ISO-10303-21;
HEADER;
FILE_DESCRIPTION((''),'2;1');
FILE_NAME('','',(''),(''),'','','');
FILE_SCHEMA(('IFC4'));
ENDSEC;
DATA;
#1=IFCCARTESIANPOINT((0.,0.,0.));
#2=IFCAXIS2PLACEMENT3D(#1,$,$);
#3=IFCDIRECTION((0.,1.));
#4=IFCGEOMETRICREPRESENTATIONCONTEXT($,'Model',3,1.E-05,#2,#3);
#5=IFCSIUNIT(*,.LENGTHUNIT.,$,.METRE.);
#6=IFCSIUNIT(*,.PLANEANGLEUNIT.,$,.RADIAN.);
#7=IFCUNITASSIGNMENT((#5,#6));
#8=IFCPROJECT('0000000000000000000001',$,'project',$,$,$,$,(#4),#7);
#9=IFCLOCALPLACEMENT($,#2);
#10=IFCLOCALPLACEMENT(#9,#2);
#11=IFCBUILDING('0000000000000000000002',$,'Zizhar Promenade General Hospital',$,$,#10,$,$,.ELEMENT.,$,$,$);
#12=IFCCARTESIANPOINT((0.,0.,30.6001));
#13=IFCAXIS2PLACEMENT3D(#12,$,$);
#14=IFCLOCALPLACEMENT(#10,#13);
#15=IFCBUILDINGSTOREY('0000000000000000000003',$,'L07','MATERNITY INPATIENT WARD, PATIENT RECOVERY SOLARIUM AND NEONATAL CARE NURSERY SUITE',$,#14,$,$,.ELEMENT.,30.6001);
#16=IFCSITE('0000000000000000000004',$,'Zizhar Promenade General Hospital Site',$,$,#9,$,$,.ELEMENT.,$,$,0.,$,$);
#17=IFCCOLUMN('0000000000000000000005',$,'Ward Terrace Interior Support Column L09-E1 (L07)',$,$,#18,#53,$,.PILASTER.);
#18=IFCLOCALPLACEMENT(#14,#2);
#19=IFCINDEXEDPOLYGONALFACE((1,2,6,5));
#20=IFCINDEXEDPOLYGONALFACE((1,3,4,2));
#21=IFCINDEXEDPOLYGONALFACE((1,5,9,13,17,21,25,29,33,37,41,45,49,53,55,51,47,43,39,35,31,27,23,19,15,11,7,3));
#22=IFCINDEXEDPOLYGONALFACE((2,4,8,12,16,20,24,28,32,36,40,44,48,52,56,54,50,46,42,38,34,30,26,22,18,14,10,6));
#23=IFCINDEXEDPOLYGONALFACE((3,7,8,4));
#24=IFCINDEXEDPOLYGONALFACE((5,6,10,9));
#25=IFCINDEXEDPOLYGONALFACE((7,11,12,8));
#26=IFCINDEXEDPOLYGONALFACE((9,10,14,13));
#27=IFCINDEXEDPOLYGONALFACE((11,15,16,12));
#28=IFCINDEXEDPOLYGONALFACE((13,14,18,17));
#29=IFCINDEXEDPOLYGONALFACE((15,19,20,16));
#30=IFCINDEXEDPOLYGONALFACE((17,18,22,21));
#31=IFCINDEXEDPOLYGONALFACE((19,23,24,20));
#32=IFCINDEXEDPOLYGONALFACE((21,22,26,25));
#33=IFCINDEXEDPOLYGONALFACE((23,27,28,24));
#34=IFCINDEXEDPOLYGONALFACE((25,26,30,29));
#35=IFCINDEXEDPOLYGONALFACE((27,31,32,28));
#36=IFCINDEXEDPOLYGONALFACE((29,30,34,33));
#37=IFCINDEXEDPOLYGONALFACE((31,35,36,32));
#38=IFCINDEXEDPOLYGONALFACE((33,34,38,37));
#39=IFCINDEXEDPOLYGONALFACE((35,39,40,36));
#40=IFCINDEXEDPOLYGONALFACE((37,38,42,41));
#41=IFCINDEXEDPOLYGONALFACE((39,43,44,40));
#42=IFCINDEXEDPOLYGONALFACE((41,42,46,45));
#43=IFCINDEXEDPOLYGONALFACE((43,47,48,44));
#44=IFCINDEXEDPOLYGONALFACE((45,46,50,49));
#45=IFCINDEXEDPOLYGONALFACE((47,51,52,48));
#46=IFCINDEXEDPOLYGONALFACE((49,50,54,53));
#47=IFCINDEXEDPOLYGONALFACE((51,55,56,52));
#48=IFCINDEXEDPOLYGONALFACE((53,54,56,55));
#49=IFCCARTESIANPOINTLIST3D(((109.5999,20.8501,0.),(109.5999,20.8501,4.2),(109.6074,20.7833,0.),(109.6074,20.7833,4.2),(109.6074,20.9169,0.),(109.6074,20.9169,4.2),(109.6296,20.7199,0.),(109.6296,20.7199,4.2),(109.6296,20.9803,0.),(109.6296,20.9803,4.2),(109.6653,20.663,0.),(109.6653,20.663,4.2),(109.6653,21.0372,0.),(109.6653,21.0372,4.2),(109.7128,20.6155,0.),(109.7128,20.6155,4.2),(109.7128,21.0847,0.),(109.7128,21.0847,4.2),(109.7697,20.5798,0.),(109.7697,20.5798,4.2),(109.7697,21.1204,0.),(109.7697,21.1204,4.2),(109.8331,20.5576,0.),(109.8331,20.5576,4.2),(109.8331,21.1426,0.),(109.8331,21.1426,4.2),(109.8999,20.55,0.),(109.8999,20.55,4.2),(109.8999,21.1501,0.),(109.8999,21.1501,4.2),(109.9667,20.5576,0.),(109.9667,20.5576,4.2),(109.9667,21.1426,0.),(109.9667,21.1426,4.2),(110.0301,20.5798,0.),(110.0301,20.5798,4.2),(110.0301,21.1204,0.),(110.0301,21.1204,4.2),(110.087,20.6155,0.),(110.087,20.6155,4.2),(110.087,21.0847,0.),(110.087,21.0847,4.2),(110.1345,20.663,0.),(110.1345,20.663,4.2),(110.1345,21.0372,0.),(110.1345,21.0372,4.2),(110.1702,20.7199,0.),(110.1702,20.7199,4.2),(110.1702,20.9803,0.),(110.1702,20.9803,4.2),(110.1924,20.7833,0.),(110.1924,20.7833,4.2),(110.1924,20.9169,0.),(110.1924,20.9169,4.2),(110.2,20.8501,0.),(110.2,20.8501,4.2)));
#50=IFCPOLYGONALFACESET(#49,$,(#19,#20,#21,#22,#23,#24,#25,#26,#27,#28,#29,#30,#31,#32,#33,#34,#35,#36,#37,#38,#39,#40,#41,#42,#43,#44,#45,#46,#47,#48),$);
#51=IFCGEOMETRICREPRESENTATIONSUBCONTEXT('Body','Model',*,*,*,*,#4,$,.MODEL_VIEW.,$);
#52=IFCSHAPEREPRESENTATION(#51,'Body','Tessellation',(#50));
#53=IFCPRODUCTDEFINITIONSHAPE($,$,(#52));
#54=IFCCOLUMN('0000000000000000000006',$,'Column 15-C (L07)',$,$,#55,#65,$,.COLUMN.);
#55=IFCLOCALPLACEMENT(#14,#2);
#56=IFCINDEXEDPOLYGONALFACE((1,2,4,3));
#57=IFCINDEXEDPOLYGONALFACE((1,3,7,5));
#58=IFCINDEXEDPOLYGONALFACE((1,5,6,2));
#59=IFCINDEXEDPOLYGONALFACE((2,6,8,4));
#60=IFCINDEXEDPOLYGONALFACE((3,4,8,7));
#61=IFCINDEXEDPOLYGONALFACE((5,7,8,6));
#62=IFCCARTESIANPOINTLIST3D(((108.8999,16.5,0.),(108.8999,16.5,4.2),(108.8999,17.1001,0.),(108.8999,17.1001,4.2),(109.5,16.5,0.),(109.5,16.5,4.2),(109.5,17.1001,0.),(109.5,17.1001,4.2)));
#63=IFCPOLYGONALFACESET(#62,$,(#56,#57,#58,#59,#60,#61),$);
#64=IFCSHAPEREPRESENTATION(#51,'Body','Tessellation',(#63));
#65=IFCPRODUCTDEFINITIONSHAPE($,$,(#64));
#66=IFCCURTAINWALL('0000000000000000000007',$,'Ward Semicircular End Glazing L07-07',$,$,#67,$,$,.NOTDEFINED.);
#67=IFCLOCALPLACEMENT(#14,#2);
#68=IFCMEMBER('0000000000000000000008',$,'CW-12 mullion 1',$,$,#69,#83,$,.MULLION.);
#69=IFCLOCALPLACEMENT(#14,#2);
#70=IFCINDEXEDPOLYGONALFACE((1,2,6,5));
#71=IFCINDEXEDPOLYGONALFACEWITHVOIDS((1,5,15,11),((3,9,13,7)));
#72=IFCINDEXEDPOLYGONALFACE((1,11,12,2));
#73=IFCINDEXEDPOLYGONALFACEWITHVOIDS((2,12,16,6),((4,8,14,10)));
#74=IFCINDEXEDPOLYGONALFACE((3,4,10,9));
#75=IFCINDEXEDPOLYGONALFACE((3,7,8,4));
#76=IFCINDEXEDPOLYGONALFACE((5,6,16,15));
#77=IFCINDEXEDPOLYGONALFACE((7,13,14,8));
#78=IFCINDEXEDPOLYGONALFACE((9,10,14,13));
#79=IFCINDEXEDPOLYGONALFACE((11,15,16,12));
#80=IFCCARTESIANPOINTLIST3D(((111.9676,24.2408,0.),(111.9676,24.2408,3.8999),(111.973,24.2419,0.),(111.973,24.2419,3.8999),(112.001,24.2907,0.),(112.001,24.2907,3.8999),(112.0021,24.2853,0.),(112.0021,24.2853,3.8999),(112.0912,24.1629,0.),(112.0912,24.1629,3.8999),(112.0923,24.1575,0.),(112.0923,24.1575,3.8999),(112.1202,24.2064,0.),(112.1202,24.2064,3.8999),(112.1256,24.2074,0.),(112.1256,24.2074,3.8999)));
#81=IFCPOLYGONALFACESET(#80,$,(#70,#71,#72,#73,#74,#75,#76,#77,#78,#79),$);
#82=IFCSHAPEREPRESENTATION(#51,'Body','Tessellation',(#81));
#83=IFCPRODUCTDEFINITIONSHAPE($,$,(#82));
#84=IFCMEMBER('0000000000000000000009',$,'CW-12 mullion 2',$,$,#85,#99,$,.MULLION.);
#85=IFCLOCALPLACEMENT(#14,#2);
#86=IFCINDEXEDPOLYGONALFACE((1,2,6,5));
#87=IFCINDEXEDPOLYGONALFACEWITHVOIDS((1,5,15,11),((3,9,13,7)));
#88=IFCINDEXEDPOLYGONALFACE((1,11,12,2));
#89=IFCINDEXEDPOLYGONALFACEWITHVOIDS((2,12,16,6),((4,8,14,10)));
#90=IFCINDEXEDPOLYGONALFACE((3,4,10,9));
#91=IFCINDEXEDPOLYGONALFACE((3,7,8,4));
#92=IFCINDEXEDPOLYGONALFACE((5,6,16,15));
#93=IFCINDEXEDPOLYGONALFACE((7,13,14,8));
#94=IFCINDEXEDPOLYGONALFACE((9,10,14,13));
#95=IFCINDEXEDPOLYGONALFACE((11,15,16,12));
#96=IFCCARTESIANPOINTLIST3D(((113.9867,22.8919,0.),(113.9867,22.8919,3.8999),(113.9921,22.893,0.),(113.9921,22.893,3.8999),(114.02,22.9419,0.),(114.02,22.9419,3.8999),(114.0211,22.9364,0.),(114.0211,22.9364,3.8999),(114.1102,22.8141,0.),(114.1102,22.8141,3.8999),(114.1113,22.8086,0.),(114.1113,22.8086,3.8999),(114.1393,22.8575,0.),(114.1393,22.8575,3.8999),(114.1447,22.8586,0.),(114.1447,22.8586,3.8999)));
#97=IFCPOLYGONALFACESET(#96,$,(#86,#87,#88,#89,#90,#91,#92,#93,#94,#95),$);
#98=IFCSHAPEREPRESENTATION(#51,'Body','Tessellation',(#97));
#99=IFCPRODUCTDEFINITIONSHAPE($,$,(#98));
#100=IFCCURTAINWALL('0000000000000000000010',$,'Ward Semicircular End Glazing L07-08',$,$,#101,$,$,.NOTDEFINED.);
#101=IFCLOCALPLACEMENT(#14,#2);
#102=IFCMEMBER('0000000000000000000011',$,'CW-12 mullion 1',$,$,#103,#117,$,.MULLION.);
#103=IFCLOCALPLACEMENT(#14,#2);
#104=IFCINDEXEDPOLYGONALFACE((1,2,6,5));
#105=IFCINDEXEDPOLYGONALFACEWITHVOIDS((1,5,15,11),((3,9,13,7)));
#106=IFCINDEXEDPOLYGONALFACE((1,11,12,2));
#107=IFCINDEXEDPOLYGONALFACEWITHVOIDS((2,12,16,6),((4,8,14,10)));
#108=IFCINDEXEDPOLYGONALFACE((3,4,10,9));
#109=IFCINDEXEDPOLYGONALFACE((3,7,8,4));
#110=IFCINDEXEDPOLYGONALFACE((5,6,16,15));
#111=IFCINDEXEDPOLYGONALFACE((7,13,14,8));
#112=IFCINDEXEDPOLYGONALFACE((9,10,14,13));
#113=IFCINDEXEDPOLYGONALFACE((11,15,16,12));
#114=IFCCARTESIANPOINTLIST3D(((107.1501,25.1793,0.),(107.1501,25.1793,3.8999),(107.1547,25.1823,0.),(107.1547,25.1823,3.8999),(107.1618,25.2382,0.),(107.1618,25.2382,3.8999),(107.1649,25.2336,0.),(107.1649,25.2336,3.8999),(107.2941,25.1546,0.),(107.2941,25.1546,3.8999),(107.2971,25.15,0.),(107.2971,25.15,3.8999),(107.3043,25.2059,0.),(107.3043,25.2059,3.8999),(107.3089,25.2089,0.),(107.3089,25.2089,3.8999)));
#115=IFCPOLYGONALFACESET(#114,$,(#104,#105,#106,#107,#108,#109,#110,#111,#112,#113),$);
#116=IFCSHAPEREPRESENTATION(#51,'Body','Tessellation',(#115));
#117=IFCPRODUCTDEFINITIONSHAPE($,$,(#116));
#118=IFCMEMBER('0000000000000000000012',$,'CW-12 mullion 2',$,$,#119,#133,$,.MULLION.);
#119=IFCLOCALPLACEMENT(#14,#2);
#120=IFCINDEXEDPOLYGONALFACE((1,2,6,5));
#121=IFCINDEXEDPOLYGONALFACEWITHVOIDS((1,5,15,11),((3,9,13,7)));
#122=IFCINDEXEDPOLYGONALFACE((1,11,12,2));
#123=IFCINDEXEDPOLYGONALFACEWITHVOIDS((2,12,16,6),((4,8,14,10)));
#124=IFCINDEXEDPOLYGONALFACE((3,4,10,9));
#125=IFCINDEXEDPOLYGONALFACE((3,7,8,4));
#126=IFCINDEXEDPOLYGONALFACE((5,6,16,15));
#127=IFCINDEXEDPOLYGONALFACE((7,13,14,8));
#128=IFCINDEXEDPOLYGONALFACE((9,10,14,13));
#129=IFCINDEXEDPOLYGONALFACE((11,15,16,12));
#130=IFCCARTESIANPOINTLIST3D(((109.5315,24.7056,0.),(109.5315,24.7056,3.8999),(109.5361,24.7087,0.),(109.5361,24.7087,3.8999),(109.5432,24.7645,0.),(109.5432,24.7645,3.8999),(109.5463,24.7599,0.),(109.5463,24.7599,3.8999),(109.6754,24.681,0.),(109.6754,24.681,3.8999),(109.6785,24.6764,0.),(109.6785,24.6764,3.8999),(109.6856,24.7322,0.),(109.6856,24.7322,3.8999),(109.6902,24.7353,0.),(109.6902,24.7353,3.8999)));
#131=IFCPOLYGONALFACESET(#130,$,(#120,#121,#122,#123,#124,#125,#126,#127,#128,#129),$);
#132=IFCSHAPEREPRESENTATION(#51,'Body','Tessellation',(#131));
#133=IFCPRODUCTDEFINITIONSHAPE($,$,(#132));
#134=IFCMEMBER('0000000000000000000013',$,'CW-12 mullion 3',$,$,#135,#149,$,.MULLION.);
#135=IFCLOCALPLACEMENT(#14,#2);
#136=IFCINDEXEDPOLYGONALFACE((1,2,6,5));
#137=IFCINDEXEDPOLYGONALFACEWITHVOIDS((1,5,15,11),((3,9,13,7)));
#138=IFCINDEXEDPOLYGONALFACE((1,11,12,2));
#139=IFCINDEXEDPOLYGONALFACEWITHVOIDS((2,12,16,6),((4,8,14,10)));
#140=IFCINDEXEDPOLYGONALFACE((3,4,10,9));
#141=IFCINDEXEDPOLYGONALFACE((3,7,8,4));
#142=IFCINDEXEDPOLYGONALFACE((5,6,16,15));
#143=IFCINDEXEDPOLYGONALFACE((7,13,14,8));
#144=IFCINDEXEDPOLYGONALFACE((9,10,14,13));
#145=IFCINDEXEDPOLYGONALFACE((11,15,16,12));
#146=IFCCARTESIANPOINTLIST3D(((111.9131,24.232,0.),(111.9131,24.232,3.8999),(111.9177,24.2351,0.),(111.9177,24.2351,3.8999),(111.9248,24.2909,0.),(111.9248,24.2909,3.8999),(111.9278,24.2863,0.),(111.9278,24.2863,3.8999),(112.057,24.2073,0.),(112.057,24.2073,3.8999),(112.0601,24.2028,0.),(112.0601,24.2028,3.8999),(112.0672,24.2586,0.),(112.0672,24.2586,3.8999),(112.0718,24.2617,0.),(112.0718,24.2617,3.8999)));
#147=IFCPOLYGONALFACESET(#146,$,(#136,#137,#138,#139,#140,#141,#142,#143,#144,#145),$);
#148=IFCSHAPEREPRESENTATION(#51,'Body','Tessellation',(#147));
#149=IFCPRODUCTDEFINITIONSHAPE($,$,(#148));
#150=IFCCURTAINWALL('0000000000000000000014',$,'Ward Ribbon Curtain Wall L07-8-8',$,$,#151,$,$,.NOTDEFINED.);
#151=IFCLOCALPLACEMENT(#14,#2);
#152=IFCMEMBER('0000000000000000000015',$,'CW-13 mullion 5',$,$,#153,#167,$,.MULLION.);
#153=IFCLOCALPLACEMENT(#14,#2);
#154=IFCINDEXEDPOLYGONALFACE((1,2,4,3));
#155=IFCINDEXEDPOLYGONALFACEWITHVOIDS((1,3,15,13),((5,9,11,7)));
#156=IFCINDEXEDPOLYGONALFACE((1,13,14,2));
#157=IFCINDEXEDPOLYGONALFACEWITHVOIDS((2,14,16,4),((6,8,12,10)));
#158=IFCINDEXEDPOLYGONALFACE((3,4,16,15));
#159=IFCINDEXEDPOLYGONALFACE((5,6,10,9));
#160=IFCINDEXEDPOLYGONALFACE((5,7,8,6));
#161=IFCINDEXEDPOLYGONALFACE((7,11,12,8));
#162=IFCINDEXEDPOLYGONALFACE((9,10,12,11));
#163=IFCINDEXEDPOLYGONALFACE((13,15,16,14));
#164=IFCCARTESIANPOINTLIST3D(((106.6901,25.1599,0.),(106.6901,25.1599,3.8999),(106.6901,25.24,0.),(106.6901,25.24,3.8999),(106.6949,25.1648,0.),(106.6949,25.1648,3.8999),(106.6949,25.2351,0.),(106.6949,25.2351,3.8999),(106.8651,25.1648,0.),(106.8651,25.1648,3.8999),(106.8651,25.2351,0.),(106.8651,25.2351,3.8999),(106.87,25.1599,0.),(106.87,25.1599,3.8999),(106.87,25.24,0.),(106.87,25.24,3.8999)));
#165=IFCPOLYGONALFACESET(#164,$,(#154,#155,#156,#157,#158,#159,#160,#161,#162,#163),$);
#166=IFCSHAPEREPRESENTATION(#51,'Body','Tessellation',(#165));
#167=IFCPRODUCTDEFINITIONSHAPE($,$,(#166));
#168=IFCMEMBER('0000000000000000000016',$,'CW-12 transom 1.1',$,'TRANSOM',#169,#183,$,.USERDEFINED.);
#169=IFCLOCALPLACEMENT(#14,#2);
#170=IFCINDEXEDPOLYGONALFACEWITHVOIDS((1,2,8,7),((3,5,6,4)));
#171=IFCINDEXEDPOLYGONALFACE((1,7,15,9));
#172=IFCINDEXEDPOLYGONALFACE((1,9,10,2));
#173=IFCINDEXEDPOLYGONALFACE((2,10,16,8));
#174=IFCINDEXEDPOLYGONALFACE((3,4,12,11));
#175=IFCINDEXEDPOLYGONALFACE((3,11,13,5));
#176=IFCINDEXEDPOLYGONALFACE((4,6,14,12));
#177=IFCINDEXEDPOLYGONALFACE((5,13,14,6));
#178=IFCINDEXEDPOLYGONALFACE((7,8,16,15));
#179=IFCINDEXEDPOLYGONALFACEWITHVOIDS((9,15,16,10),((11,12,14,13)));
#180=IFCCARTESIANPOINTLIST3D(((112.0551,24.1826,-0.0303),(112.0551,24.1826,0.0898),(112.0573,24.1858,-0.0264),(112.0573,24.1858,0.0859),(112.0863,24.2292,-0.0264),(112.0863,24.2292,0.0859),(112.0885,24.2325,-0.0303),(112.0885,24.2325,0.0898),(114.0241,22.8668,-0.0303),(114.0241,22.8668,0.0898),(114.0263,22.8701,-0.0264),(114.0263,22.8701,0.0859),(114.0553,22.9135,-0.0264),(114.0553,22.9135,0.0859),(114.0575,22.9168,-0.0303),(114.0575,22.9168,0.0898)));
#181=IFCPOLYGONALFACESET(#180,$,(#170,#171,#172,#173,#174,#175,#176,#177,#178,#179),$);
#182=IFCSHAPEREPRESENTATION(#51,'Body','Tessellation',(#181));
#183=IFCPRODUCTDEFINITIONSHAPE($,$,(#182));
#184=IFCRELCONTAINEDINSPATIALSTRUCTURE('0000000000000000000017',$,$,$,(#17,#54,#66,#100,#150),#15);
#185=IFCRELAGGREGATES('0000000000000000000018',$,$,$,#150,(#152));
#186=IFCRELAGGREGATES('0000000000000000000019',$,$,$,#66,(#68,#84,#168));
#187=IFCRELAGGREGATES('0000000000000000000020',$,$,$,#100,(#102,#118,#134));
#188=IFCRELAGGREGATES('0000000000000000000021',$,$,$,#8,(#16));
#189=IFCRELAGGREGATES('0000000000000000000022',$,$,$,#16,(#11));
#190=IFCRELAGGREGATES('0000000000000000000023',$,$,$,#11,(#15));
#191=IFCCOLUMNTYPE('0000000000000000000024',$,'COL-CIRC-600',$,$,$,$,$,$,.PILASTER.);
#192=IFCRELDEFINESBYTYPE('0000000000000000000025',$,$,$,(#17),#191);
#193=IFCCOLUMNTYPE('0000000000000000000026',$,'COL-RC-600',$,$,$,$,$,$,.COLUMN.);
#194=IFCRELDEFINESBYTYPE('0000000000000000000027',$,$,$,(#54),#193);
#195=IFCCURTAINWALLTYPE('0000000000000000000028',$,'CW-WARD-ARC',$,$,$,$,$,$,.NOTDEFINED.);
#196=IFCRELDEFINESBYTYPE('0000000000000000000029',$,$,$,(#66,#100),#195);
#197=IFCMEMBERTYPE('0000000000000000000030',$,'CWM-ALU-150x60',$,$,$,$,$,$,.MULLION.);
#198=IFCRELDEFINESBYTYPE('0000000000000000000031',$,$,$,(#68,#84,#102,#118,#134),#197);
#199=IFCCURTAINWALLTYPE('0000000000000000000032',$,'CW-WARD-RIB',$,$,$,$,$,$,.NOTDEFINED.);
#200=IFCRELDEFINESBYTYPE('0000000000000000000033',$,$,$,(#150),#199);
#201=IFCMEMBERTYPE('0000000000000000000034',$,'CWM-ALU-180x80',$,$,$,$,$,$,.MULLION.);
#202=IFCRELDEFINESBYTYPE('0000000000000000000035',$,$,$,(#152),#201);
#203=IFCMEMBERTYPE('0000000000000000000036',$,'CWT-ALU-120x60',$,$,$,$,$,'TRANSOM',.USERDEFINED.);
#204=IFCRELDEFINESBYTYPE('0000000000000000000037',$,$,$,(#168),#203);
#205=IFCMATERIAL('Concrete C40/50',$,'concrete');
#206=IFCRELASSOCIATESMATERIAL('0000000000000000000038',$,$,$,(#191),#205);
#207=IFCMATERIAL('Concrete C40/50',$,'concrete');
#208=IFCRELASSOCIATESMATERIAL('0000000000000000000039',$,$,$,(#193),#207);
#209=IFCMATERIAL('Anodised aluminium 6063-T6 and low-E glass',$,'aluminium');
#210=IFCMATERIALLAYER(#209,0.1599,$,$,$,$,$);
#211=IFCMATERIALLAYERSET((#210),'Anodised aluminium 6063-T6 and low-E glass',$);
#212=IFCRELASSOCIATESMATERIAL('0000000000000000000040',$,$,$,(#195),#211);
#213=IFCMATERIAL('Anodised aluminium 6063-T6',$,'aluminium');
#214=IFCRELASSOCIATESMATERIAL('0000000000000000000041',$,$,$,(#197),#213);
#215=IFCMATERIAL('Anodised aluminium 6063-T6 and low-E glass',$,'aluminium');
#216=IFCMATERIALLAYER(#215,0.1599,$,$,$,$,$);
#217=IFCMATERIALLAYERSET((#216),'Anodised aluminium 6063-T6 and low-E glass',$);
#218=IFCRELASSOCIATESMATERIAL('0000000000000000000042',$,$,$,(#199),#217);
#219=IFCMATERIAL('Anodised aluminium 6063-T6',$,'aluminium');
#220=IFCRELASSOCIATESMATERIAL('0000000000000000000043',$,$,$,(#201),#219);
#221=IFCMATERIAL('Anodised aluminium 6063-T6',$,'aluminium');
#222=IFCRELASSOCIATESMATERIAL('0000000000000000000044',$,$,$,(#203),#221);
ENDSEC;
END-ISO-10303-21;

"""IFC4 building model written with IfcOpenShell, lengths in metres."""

from ifc_helpers import new_model, si_unit, direction, frame, origin, origin_2d, place, context, subcontext, project, spatial, rectangle, hollow_rectangle, circle, extrude, material, layer, layer_set, material_profile, profile_set, type_object, element, aggregate, save


model = new_model("IFC4")

# Units and contexts
model_context = context("Model", 3, precision=1e-05, world=origin(), true_north=direction((0.0, 1.0)))
body_context = subcontext(model_context, "Body", "Model", "MODEL_VIEW")
ifc_project = project(units=[si_unit("LENGTHUNIT", "METRE"), si_unit("PLANEANGLEUNIT", "RADIAN")], contexts=[model_context])

# Site, building, storey
site_placement = place(None, origin())
site = spatial("IfcSite", under=ifc_project, at=site_placement, Name="Zizhar Promenade General Hospital Site", CompositionType="ELEMENT", RefElevation=0.0)
building_placement = place(site_placement, origin())
building = spatial("IfcBuilding", under=site, at=building_placement, Name="Zizhar Promenade General Hospital", CompositionType="ELEMENT")
storey_placement = place(building_placement, frame((0.0, 0.0, 30.6001)))
storey = spatial("IfcBuildingStorey", under=building, at=storey_placement, Name="L07", Description="MATERNITY INPATIENT WARD, PATIENT RECOVERY SOLARIUM AND NEONATAL CARE NURSERY SUITE", CompositionType="ELEMENT", Elevation=30.6001)

# Columns
ifc_material_1 = material(Name="Concrete C40/50", Category="concrete")
ifc_material_profile_1 = material_profile(ifc_material_1, circle(Radius=0.3, at=origin_2d()))
ifc_profile_set_1 = profile_set([ifc_material_profile_1], Name="Concrete C40/50")
column_type_1 = type_object("IfcColumnType", Name="COL-CIRC-600", PredefinedType="PILASTER", material=ifc_profile_set_1)
column_1_placement = place(storey_placement, frame((109.8999, 20.8501, 0.0), z_axis=(0.0, 0.0, 1.0), x_axis=(1.0, 0.0, 0.0)))
element("IfcColumn", 1, at=column_1_placement, inside=storey, type_object=column_type_1, Name="Ward Terrace Interior Support Column L09-E1 (L07)", PredefinedType="PILASTER", context=body_context, shape_type="SweptSolid", body=[
    extrude(circle(Radius=0.3, at=origin_2d()), origin(), (0.0, 0.0, 1.0), 4.2),
])
ifc_material_2 = material(Name="Concrete C40/50", Category="concrete")
ifc_material_profile_2 = material_profile(ifc_material_2, rectangle(XDim=0.6001, YDim=0.6001, at=origin_2d()))
ifc_profile_set_2 = profile_set([ifc_material_profile_2], Name="Concrete C40/50")
column_type_2 = type_object("IfcColumnType", Name="COL-RC-600", PredefinedType="COLUMN", material=ifc_profile_set_2)
column_2_placement = place(storey_placement, frame((109.2, 16.8, 0.0), z_axis=(0.0, 0.0, 1.0), x_axis=(1.0, 0.0, 0.0)))
element("IfcColumn", 2, at=column_2_placement, inside=storey, type_object=column_type_2, Name="Column 15-C (L07)", PredefinedType="COLUMN", context=body_context, shape_type="SweptSolid", body=[
    extrude(rectangle(XDim=0.6001, YDim=0.6001, at=origin_2d()), origin(), (0.0, 0.0, 1.0), 4.2),
])

# Curtain walls, members
ifc_material_3 = material(Name="Anodised aluminium 6063-T6 and low-E glass", Category="aluminium")
ifc_layer_1 = layer(ifc_material_3, 0.1599)
ifc_layer_set_1 = layer_set([ifc_layer_1], Name="Anodised aluminium 6063-T6 and low-E glass")
curtain_wall_type_1 = type_object("IfcCurtainWallType", Name="CW-WARD-ARC", PredefinedType="NOTDEFINED", material=ifc_layer_set_1)
curtain_wall_1_placement = place(storey_placement, origin())
curtain_wall_1 = element("IfcCurtainWall", 3, at=curtain_wall_1_placement, inside=storey, type_object=curtain_wall_type_1, Name="Ward Semicircular End Glazing L07-07", PredefinedType="NOTDEFINED")
ifc_material_4 = material(Name="Anodised aluminium 6063-T6", Category="aluminium")
ifc_material_profile_3 = material_profile(ifc_material_4, hollow_rectangle(XDim=0.0601, YDim=0.1499, WallThickness=0.0039, at=origin_2d()))
ifc_profile_set_3 = profile_set([ifc_material_profile_3], Name="Anodised aluminium 6063-T6")
member_type_1 = type_object("IfcMemberType", Name="CWM-ALU-150x60", PredefinedType="MULLION", material=ifc_profile_set_3)
member_1_placement = place(storey_placement, frame((112.0466, 24.2241, 0.0), z_axis=(0.0, 0.0, 1.0), x_axis=(0.555582, 0.831462, 0.0)))
member_1 = element("IfcMember", 4, at=member_1_placement, type_object=member_type_1, Name="CW-12 mullion 1", PredefinedType="MULLION", context=body_context, shape_type="SweptSolid", body=[
    extrude(hollow_rectangle(XDim=0.0601, YDim=0.1499, WallThickness=0.0039, at=origin_2d()), origin(), (0.0, 0.0, 1.0), 3.8999),
])
member_2_placement = place(storey_placement, frame((114.0657, 22.8752, 0.0), z_axis=(0.0, 0.0, 1.0), x_axis=(0.555582, 0.831462, 0.0)))
member_2 = element("IfcMember", 5, at=member_2_placement, type_object=member_type_1, Name="CW-12 mullion 2", PredefinedType="MULLION", context=body_context, shape_type="SweptSolid", body=[
    extrude(hollow_rectangle(XDim=0.0601, YDim=0.1499, WallThickness=0.0039, at=origin_2d()), origin(), (0.0, 0.0, 1.0), 3.8999),
])
curtain_wall_2_placement = place(storey_placement, origin())
curtain_wall_2 = element("IfcCurtainWall", 6, at=curtain_wall_2_placement, inside=storey, type_object=curtain_wall_type_1, Name="Ward Semicircular End Glazing L07-08", PredefinedType="NOTDEFINED")
member_3_placement = place(storey_placement, frame((107.2295, 25.1941, 0.0), z_axis=(0.0, 0.0, 1.0), x_axis=(0.195087, 0.980786, 0.0)))
member_3 = element("IfcMember", 7, at=member_3_placement, type_object=member_type_1, Name="CW-12 mullion 1", PredefinedType="MULLION", context=body_context, shape_type="SweptSolid", body=[
    extrude(hollow_rectangle(XDim=0.0601, YDim=0.1499, WallThickness=0.0039, at=origin_2d()), origin(), (0.0, 0.0, 1.0), 3.8999),
])
member_4_placement = place(storey_placement, frame((109.6108, 24.7205, 0.0), z_axis=(0.0, 0.0, 1.0), x_axis=(0.195087, 0.980786, 0.0)))
member_4 = element("IfcMember", 8, at=member_4_placement, type_object=member_type_1, Name="CW-12 mullion 2", PredefinedType="MULLION", context=body_context, shape_type="SweptSolid", body=[
    extrude(hollow_rectangle(XDim=0.0601, YDim=0.1499, WallThickness=0.0039, at=origin_2d()), origin(), (0.0, 0.0, 1.0), 3.8999),
])
member_5_placement = place(storey_placement, frame((111.9924, 24.2468, 0.0), z_axis=(0.0, 0.0, 1.0), x_axis=(0.195087, 0.980786, 0.0)))
member_5 = element("IfcMember", 9, at=member_5_placement, type_object=member_type_1, Name="CW-12 mullion 3", PredefinedType="MULLION", context=body_context, shape_type="SweptSolid", body=[
    extrude(hollow_rectangle(XDim=0.0601, YDim=0.1499, WallThickness=0.0039, at=origin_2d()), origin(), (0.0, 0.0, 1.0), 3.8999),
])

# Curtain wall, member
ifc_material_5 = material(Name="Anodised aluminium 6063-T6 and low-E glass", Category="aluminium")
ifc_layer_2 = layer(ifc_material_5, 0.1599)
ifc_layer_set_2 = layer_set([ifc_layer_2], Name="Anodised aluminium 6063-T6 and low-E glass")
curtain_wall_type_2 = type_object("IfcCurtainWallType", Name="CW-WARD-RIB", PredefinedType="NOTDEFINED", material=ifc_layer_set_2)
curtain_wall_3_placement = place(storey_placement, origin())
curtain_wall_3 = element("IfcCurtainWall", 10, at=curtain_wall_3_placement, inside=storey, type_object=curtain_wall_type_2, Name="Ward Ribbon Curtain Wall L07-8-8", PredefinedType="NOTDEFINED")
ifc_material_6 = material(Name="Anodised aluminium 6063-T6", Category="aluminium")
ifc_material_profile_4 = material_profile(ifc_material_6, hollow_rectangle(XDim=0.0801, YDim=0.1799, WallThickness=0.0049, at=origin_2d()))
ifc_profile_set_4 = profile_set([ifc_material_profile_4], Name="Anodised aluminium 6063-T6")
member_type_2 = type_object("IfcMemberType", Name="CWM-ALU-180x80", PredefinedType="MULLION", material=ifc_profile_set_4)
member_6_placement = place(storey_placement, frame((106.78, 25.2, 0.0), z_axis=(0.0, 0.0, 1.0), x_axis=(0.0, 1.0, 0.0)))
member_6 = element("IfcMember", 11, at=member_6_placement, type_object=member_type_2, Name="CW-13 mullion 5", PredefinedType="MULLION", context=body_context, shape_type="SweptSolid", body=[
    extrude(hollow_rectangle(XDim=0.0801, YDim=0.1799, WallThickness=0.0049, at=origin_2d()), origin(), (0.0, 0.0, 1.0), 3.8999),
])
aggregate(curtain_wall_3, [member_6])

# Member
ifc_material_7 = material(Name="Anodised aluminium 6063-T6", Category="aluminium")
ifc_material_profile_5 = material_profile(ifc_material_7, hollow_rectangle(XDim=0.0601, YDim=0.1201, WallThickness=0.0039, at=origin_2d()))
ifc_profile_set_5 = profile_set([ifc_material_profile_5], Name="Anodised aluminium 6063-T6")
member_type_3 = type_object("IfcMemberType", Name="CWT-ALU-120x60", ElementType="TRANSOM", PredefinedType="USERDEFINED", material=ifc_profile_set_5)
member_7_placement = place(storey_placement, frame((112.0718, 24.2075, 0.0298), z_axis=(0.831463, -0.55558, 0.0), x_axis=(0.55558, 0.831463, 0.0)))
member_7 = element("IfcMember", 12, at=member_7_placement, type_object=member_type_3, Name="CW-12 transom 1.1", ObjectType="TRANSOM", PredefinedType="USERDEFINED", context=body_context, shape_type="SweptSolid", body=[
    extrude(hollow_rectangle(XDim=0.0601, YDim=0.1201, WallThickness=0.0039, at=origin_2d()), origin(), (0.0, 0.0, 1.0), 2.3682),
])

aggregate(curtain_wall_1, [member_1, member_2, member_7])
aggregate(curtain_wall_2, [member_3, member_4, member_5])

save(model, "model.ifc")
